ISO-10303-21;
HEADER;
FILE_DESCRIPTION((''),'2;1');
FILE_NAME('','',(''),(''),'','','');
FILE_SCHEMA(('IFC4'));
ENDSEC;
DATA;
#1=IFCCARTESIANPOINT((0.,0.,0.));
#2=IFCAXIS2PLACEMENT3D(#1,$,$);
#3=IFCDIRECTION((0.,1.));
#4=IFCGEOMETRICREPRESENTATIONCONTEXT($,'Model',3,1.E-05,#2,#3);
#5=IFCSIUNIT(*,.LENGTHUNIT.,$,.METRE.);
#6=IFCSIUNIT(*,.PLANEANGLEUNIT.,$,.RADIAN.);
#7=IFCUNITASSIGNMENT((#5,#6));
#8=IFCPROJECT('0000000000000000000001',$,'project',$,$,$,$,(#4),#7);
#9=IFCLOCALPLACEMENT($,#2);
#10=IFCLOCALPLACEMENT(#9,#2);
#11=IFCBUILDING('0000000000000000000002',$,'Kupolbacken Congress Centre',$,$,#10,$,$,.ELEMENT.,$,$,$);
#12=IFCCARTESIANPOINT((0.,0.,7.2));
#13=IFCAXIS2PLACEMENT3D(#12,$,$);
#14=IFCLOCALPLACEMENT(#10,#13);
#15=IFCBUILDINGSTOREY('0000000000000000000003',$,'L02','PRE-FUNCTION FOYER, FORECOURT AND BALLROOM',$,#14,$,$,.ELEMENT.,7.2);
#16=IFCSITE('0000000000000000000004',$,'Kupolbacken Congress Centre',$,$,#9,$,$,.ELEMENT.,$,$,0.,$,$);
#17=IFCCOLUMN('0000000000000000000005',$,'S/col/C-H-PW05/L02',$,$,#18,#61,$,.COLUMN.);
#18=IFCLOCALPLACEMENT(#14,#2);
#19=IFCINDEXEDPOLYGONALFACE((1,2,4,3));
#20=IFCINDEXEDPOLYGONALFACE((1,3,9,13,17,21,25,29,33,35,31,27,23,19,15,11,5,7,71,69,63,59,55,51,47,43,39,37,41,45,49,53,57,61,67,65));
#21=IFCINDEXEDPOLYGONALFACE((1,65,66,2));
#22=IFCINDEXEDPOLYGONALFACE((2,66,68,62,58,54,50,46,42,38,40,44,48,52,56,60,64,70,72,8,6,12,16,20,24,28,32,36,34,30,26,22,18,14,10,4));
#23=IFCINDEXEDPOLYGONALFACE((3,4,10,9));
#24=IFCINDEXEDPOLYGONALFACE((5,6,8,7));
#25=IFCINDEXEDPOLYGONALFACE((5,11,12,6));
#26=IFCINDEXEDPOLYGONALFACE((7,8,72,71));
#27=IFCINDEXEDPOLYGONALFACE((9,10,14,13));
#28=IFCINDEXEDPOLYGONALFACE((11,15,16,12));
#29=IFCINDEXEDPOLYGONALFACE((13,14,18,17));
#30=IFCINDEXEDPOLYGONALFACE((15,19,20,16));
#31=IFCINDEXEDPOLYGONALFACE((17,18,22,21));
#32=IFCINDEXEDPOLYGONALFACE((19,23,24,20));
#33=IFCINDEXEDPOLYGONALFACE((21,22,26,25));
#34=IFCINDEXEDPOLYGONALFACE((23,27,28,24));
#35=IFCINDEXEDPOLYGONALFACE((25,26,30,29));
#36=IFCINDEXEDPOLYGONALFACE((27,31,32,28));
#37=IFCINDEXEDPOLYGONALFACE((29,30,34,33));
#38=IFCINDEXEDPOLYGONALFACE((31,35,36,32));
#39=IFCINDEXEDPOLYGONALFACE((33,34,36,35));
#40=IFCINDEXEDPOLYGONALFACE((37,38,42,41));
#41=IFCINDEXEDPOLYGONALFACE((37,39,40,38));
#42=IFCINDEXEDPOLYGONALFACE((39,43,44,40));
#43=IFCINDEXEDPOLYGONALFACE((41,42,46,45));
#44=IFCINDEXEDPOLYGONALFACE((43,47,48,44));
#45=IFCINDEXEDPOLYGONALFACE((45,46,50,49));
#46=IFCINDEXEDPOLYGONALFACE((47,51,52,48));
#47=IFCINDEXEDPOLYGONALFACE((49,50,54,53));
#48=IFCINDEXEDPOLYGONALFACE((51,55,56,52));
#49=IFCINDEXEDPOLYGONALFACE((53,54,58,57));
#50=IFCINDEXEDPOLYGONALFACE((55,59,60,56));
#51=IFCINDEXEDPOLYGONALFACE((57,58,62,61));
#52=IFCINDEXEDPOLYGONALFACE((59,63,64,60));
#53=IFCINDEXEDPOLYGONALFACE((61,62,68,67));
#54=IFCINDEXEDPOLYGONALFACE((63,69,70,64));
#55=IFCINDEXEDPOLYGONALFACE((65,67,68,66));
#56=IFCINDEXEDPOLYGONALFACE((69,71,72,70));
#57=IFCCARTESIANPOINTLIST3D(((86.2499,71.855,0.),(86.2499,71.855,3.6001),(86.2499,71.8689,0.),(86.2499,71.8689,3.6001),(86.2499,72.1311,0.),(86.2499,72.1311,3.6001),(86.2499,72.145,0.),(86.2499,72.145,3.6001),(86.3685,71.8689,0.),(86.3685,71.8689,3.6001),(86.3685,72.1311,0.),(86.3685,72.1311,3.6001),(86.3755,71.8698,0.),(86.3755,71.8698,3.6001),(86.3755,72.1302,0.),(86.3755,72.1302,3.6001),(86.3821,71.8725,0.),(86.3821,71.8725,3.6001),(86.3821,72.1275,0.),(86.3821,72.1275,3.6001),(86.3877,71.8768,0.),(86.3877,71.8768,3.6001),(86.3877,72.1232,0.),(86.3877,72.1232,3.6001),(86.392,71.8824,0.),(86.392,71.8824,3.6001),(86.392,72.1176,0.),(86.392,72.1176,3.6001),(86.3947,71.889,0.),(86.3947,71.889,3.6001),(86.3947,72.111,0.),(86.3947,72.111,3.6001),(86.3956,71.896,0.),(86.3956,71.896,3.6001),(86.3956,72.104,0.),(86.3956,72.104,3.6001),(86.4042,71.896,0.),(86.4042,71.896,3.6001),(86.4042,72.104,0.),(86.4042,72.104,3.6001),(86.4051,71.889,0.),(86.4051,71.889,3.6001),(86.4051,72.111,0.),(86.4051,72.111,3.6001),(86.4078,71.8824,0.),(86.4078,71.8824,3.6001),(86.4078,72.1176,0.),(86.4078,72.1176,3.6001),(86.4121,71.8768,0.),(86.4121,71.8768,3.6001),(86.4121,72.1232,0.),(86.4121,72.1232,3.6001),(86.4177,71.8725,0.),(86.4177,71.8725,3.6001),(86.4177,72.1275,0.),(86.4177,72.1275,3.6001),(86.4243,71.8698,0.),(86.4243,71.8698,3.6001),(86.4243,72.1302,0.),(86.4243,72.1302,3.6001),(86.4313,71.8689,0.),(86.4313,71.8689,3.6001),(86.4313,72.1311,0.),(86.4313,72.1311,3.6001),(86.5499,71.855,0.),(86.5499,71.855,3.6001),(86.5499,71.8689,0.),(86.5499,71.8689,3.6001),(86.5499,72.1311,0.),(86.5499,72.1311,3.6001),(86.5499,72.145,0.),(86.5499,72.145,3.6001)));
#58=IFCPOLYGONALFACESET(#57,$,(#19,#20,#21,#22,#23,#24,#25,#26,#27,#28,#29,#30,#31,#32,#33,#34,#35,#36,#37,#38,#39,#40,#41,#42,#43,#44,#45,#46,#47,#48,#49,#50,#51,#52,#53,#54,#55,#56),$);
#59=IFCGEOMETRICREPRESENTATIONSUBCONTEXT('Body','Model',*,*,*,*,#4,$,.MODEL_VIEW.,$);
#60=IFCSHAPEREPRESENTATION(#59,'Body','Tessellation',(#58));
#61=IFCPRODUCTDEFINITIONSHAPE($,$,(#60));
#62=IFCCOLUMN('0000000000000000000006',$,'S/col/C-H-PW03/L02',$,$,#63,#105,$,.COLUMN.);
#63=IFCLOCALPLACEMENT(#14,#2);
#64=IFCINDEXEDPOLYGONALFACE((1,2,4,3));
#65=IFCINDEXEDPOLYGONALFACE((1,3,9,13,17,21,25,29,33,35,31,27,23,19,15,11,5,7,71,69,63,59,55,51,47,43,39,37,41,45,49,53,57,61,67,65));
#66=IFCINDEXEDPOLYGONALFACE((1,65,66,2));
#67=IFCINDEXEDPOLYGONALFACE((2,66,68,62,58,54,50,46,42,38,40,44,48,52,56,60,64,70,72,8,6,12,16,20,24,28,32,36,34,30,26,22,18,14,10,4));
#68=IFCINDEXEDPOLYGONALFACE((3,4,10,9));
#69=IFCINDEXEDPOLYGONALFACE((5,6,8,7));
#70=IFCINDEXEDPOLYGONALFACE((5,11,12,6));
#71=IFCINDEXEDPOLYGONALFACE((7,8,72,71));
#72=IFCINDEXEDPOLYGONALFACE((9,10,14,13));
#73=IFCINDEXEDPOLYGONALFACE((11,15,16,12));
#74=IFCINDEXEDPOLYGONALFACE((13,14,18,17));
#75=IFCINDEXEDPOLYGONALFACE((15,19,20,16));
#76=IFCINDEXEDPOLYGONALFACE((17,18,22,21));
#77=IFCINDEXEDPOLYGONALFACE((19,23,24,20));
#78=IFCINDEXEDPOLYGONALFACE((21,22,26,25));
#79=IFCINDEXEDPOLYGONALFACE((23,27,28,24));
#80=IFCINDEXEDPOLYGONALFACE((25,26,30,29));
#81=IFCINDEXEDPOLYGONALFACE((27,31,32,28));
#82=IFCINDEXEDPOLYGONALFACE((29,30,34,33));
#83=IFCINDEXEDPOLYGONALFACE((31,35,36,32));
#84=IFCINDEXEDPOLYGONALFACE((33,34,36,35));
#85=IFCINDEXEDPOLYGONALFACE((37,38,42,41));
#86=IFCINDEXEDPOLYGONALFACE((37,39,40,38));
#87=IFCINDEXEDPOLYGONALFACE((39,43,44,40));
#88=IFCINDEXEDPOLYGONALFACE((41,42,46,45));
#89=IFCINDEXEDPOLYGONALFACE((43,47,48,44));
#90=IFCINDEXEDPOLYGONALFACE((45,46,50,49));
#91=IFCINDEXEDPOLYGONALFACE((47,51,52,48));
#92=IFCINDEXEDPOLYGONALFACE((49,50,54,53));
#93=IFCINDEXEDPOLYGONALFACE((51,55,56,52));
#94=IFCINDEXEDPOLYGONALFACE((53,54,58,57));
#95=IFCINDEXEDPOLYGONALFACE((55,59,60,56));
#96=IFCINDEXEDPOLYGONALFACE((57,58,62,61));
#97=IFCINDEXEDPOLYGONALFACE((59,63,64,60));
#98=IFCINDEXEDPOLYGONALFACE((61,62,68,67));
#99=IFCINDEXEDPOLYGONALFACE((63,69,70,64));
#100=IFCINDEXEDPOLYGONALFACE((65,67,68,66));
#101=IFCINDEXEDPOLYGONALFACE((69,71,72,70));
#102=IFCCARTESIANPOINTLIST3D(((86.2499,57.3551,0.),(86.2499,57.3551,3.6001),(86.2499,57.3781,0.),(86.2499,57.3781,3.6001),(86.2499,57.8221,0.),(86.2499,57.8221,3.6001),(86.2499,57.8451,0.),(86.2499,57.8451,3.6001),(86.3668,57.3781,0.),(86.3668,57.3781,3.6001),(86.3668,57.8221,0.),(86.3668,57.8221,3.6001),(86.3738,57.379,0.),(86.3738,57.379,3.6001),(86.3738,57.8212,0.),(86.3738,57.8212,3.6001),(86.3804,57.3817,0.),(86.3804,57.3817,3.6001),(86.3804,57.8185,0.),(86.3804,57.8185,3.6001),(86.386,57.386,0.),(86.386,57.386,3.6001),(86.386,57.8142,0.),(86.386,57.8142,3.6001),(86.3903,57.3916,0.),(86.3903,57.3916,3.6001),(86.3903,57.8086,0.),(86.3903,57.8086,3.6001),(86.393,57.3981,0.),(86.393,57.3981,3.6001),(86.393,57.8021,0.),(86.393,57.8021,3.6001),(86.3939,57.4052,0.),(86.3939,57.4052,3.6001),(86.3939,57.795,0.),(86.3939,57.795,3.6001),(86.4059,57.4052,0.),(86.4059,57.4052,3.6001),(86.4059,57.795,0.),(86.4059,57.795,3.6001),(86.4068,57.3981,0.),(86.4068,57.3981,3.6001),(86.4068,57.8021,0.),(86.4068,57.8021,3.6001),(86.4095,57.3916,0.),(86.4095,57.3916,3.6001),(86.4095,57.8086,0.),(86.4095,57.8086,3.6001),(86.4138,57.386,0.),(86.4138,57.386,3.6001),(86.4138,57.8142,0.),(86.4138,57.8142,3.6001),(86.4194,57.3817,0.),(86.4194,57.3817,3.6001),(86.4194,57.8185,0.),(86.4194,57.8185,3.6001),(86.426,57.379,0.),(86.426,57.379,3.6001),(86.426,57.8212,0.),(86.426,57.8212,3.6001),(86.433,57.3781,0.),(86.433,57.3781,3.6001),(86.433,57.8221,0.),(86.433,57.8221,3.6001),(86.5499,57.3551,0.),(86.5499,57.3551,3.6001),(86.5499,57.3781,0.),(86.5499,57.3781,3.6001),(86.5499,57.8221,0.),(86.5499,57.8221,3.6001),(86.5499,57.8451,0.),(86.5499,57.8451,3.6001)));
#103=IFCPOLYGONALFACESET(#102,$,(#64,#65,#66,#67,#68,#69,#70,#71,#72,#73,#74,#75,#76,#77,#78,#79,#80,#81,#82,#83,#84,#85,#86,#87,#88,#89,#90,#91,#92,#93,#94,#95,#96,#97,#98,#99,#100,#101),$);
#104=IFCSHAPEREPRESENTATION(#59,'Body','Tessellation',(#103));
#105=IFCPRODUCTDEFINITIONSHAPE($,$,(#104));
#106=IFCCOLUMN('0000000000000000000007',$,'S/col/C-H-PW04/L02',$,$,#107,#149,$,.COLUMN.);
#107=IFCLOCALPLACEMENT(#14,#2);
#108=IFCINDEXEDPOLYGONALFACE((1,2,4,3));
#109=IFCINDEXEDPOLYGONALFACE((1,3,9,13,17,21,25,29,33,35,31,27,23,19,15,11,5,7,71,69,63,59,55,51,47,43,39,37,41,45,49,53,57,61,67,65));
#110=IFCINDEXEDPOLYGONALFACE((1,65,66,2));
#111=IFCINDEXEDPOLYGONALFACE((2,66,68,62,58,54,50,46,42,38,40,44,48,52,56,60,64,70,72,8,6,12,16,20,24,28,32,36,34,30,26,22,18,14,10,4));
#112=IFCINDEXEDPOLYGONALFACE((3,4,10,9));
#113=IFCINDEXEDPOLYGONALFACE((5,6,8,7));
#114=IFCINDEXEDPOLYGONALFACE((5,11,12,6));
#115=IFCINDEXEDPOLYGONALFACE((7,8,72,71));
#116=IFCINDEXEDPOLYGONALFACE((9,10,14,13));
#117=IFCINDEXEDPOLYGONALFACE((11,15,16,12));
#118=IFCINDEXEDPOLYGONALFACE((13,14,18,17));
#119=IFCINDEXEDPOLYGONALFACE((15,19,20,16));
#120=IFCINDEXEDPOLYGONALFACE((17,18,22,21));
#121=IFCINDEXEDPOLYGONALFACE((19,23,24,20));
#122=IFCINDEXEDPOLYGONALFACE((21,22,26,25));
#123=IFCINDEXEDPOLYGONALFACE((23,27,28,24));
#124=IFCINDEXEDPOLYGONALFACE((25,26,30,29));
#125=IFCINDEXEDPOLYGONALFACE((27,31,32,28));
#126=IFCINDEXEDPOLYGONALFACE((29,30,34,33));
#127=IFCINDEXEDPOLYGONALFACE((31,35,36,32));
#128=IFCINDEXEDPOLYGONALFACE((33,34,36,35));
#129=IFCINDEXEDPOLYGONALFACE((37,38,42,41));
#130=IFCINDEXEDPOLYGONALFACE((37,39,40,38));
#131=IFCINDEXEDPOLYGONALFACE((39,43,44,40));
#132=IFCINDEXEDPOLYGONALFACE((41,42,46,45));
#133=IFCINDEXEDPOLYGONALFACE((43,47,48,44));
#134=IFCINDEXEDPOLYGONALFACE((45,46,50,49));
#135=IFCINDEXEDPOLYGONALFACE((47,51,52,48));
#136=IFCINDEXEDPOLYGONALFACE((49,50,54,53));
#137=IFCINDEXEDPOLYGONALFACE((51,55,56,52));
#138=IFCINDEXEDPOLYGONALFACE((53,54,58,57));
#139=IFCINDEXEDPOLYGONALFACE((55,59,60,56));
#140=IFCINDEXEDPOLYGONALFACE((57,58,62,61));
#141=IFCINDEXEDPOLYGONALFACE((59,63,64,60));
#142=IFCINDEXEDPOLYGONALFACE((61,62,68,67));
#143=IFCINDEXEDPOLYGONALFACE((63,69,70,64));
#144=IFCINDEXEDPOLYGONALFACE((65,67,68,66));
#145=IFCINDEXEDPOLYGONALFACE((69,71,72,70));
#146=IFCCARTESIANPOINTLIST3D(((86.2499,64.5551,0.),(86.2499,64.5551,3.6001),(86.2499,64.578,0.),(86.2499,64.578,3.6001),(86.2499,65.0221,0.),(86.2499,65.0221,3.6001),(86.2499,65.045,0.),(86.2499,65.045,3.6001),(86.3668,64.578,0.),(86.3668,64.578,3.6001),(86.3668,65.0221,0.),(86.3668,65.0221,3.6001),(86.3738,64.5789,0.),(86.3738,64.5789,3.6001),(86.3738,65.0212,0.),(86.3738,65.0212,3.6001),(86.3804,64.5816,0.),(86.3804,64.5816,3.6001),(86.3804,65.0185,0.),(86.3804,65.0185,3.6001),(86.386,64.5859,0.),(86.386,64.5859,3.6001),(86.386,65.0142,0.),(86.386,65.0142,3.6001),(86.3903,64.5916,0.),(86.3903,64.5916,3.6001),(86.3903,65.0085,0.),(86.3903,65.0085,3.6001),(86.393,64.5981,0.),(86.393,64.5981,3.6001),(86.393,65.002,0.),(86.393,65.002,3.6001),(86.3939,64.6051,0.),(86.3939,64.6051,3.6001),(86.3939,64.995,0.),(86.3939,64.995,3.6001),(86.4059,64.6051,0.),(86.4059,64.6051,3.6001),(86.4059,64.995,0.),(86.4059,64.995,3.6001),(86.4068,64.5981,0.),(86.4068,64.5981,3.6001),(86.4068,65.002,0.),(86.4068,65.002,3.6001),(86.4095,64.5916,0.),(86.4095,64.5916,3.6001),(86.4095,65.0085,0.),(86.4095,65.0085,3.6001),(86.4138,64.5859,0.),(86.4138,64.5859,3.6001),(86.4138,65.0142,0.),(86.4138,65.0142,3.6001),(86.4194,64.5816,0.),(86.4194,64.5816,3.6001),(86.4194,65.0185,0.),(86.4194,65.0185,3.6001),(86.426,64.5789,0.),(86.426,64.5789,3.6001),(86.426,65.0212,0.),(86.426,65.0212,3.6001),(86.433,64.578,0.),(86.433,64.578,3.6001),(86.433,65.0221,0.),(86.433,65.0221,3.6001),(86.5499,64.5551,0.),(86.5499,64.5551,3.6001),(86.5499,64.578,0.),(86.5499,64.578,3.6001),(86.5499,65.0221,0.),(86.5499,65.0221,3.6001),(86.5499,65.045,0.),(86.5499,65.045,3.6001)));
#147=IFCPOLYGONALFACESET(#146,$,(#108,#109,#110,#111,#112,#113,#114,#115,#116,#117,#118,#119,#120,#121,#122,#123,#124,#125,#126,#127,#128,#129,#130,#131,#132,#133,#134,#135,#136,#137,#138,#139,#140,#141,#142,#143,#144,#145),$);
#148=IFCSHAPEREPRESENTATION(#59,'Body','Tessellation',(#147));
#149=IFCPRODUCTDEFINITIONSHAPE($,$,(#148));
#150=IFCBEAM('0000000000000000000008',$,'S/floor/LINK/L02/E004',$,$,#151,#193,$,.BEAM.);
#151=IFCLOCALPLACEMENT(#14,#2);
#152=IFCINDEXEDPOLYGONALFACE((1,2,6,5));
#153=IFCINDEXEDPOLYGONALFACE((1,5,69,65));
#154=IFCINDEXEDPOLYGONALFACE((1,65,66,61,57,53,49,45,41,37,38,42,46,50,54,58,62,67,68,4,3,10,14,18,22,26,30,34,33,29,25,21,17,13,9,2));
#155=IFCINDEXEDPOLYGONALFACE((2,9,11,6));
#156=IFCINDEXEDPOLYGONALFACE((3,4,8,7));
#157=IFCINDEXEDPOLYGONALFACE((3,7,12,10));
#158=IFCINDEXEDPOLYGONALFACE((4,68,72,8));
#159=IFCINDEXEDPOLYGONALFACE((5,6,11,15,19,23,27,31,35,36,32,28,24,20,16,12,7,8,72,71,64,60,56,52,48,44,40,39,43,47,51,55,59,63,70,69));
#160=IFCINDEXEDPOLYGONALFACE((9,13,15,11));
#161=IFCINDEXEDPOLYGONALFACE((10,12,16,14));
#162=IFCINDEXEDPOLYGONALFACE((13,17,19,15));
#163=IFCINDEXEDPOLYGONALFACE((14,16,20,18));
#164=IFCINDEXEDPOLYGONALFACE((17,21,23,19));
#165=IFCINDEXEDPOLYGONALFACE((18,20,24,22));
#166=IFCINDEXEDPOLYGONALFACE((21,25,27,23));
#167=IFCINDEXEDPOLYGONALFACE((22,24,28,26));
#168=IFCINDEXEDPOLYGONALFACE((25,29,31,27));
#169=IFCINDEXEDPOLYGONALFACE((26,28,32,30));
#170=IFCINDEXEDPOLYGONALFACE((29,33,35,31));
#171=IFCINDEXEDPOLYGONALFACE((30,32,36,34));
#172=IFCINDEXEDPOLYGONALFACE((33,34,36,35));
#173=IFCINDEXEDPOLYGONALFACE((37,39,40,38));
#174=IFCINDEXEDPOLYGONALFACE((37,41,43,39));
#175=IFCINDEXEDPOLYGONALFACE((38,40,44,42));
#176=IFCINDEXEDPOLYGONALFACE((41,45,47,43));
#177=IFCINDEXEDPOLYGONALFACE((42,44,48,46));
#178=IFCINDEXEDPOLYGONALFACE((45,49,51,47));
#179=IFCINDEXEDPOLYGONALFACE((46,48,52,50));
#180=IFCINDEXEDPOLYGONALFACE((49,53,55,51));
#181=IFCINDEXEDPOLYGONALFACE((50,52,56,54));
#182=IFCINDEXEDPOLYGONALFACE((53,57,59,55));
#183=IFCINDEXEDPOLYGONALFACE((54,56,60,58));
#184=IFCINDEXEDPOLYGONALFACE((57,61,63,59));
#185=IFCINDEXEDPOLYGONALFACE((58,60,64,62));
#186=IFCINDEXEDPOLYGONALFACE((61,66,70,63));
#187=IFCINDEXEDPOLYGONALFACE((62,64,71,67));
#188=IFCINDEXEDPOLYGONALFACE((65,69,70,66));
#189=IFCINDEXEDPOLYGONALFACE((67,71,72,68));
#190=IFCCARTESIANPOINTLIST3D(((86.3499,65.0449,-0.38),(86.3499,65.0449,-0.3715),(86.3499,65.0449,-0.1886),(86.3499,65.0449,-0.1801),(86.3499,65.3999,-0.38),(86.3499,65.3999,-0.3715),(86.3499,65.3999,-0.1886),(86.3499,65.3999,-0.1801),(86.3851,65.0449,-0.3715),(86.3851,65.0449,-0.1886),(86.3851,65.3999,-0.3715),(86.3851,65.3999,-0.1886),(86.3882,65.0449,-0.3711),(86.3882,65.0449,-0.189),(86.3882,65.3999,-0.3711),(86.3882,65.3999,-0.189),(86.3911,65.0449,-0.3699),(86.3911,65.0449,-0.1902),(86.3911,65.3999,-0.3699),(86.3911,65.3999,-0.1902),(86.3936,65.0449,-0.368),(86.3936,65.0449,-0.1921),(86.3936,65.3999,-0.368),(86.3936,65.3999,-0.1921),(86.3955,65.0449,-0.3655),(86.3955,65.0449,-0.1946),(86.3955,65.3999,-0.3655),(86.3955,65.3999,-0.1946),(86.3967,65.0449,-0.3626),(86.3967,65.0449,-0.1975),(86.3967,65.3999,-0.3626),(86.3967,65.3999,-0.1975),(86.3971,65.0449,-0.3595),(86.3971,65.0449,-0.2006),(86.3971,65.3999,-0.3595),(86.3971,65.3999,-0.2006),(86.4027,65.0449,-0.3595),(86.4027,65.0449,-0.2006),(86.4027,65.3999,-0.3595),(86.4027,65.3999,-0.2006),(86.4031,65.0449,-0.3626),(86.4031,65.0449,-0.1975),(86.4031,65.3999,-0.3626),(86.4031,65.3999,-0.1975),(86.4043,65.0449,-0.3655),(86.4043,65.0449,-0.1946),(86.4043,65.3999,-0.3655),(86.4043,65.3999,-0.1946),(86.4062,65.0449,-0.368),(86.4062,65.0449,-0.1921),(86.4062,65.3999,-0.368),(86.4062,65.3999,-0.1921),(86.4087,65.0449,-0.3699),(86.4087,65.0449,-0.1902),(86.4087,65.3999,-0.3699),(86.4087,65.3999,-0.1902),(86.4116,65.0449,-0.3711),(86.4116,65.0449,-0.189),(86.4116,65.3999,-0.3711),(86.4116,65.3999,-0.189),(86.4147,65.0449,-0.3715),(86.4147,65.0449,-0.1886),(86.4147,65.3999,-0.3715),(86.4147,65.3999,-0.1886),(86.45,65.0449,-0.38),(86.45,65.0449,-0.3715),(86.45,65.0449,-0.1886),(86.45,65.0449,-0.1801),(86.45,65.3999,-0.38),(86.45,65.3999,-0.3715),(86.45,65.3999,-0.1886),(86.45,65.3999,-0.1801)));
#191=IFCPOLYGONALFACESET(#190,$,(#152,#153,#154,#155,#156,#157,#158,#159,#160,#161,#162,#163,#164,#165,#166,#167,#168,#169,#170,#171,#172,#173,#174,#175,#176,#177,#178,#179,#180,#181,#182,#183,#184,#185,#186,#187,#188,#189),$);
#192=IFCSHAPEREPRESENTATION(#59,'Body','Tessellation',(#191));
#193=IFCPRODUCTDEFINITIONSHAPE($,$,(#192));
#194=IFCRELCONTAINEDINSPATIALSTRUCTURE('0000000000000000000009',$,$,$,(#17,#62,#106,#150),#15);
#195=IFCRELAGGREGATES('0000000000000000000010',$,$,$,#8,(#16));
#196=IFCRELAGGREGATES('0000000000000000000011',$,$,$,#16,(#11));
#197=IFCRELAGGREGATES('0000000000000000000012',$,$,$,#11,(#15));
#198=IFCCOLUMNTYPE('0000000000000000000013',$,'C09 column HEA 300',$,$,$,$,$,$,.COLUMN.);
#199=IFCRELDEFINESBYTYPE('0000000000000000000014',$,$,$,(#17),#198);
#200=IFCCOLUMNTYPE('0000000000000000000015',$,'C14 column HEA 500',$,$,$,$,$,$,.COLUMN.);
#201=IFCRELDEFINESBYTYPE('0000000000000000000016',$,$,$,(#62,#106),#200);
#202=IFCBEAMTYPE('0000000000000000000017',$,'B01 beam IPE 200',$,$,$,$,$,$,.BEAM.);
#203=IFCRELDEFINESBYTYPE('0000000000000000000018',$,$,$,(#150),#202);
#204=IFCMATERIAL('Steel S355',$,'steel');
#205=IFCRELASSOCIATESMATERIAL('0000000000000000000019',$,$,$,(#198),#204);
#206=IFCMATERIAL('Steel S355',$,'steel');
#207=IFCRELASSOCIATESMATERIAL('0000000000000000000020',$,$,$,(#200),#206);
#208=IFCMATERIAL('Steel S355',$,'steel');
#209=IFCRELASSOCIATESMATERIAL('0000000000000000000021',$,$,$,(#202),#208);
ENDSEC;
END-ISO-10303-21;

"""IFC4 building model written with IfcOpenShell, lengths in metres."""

from ifc_helpers import new_model, si_unit, direction, frame, origin, origin_2d, place, context, subcontext, project, spatial, i_section, extrude, material, material_profile, profile_set, type_object, element, save


model = new_model("IFC4")

# Units and contexts
model_context = context("Model", 3, precision=1e-05, world=origin(), true_north=direction((0.0, 1.0)))
body_context = subcontext(model_context, "Body", "Model", "MODEL_VIEW")
ifc_project = project(units=[si_unit("LENGTHUNIT", "METRE"), si_unit("PLANEANGLEUNIT", "RADIAN")], contexts=[model_context])

# Site, building, storey
site_placement = place(None, origin())
site = spatial("IfcSite", under=ifc_project, at=site_placement, Name="Kupolbacken Congress Centre", CompositionType="ELEMENT", RefElevation=0.0)
building_placement = place(site_placement, origin())
building = spatial("IfcBuilding", under=site, at=building_placement, Name="Kupolbacken Congress Centre", CompositionType="ELEMENT")
storey_placement = place(building_placement, frame((0.0, 0.0, 7.2)))
storey = spatial("IfcBuildingStorey", under=building, at=storey_placement, Name="L02", Description="PRE-FUNCTION FOYER, FORECOURT AND BALLROOM", CompositionType="ELEMENT", Elevation=7.2)

# Columns
ifc_material_1 = material(Name="Steel S355", Category="steel")
ifc_material_profile_1 = material_profile(ifc_material_1, i_section(OverallWidth=0.3, OverallDepth=0.29, WebThickness=0.0085, FlangeThickness=0.0139, FilletRadius=0.0271, at=origin_2d()), Name="HEA 300")
ifc_profile_set_1 = profile_set([ifc_material_profile_1], Name="Steel S355")
column_type_1 = type_object("IfcColumnType", Name="C09 column HEA 300", PredefinedType="COLUMN", material=ifc_profile_set_1)
column_placement = place(storey_placement, frame((86.3999, 72.0, 0.0), z_axis=(0.0, 0.0, 1.0), x_axis=(1.0, 0.0, 0.0)))
element("IfcColumn", 1, at=column_placement, inside=storey, type_object=column_type_1, Name="S/col/C-H-PW05/L02", PredefinedType="COLUMN", context=body_context, shape_type="SweptSolid", body=[
    extrude(i_section(OverallWidth=0.3, OverallDepth=0.29, WebThickness=0.0085, FlangeThickness=0.0139, FilletRadius=0.0271, at=origin_2d()), origin(), (0.0, 0.0, 1.0), 3.6001),
])
ifc_material_2 = material(Name="Steel S355", Category="steel")
ifc_material_profile_2 = material_profile(ifc_material_2, i_section(OverallWidth=0.3, OverallDepth=0.49, WebThickness=0.012, FlangeThickness=0.0229, FilletRadius=0.0271, at=origin_2d()), Name="HEA 500")
ifc_profile_set_2 = profile_set([ifc_material_profile_2], Name="Steel S355")
column_type_2 = type_object("IfcColumnType", Name="C14 column HEA 500", PredefinedType="COLUMN", material=ifc_profile_set_2)
for number, where, z_axis, x_axis, name in (
    (2, (86.3999, 57.6001, 0.0), (0.0, 0.0, 1.0), (1.0, 0.0, 0.0), "S/col/C-H-PW03/L02"),
    (3, (86.3999, 64.8, 0.0), (0.0, 0.0, 1.0), (1.0, 0.0, 0.0), "S/col/C-H-PW04/L02"),
):
    element("IfcColumn", number, at=place(storey_placement, frame(where, z_axis=z_axis, x_axis=x_axis)), inside=storey, type_object=column_type_2, Name=name, PredefinedType="COLUMN", context=body_context, shape_type="SweptSolid", body=[
        extrude(i_section(OverallWidth=0.3, OverallDepth=0.49, WebThickness=0.012, FlangeThickness=0.0229, FilletRadius=0.0271, at=origin_2d()), origin(), (0.0, 0.0, 1.0), 3.6001),
    ])

# Beam
ifc_material_3 = material(Name="Steel S355", Category="steel")
ifc_material_profile_3 = material_profile(ifc_material_3, i_section(OverallWidth=0.1001, OverallDepth=0.2, WebThickness=0.0056, FlangeThickness=0.0085, FilletRadius=0.012, at=origin_2d()), Name="IPE 200")
ifc_profile_set_3 = profile_set([ifc_material_profile_3], Name="Steel S355")
beam_type_1 = type_object("IfcBeamType", Name="B01 beam IPE 200", PredefinedType="BEAM", material=ifc_profile_set_3)
beam_1_placement = place(storey_placement, frame((86.3999, 65.0449, -0.28), z_axis=(0.0, 1.0, 0.0), x_axis=(-1.0, 0.0, 0.0)))
element("IfcBeam", 4, at=beam_1_placement, inside=storey, type_object=beam_type_1, Name="S/floor/LINK/L02/E004", PredefinedType="BEAM", context=body_context, shape_type="SweptSolid", body=[
    extrude(i_section(OverallWidth=0.1001, OverallDepth=0.2, WebThickness=0.0056, FlangeThickness=0.0085, FilletRadius=0.012, at=origin_2d()), origin(), (0.0, 0.0, 1.0), 0.355),
])

save(model, "model.ifc")
